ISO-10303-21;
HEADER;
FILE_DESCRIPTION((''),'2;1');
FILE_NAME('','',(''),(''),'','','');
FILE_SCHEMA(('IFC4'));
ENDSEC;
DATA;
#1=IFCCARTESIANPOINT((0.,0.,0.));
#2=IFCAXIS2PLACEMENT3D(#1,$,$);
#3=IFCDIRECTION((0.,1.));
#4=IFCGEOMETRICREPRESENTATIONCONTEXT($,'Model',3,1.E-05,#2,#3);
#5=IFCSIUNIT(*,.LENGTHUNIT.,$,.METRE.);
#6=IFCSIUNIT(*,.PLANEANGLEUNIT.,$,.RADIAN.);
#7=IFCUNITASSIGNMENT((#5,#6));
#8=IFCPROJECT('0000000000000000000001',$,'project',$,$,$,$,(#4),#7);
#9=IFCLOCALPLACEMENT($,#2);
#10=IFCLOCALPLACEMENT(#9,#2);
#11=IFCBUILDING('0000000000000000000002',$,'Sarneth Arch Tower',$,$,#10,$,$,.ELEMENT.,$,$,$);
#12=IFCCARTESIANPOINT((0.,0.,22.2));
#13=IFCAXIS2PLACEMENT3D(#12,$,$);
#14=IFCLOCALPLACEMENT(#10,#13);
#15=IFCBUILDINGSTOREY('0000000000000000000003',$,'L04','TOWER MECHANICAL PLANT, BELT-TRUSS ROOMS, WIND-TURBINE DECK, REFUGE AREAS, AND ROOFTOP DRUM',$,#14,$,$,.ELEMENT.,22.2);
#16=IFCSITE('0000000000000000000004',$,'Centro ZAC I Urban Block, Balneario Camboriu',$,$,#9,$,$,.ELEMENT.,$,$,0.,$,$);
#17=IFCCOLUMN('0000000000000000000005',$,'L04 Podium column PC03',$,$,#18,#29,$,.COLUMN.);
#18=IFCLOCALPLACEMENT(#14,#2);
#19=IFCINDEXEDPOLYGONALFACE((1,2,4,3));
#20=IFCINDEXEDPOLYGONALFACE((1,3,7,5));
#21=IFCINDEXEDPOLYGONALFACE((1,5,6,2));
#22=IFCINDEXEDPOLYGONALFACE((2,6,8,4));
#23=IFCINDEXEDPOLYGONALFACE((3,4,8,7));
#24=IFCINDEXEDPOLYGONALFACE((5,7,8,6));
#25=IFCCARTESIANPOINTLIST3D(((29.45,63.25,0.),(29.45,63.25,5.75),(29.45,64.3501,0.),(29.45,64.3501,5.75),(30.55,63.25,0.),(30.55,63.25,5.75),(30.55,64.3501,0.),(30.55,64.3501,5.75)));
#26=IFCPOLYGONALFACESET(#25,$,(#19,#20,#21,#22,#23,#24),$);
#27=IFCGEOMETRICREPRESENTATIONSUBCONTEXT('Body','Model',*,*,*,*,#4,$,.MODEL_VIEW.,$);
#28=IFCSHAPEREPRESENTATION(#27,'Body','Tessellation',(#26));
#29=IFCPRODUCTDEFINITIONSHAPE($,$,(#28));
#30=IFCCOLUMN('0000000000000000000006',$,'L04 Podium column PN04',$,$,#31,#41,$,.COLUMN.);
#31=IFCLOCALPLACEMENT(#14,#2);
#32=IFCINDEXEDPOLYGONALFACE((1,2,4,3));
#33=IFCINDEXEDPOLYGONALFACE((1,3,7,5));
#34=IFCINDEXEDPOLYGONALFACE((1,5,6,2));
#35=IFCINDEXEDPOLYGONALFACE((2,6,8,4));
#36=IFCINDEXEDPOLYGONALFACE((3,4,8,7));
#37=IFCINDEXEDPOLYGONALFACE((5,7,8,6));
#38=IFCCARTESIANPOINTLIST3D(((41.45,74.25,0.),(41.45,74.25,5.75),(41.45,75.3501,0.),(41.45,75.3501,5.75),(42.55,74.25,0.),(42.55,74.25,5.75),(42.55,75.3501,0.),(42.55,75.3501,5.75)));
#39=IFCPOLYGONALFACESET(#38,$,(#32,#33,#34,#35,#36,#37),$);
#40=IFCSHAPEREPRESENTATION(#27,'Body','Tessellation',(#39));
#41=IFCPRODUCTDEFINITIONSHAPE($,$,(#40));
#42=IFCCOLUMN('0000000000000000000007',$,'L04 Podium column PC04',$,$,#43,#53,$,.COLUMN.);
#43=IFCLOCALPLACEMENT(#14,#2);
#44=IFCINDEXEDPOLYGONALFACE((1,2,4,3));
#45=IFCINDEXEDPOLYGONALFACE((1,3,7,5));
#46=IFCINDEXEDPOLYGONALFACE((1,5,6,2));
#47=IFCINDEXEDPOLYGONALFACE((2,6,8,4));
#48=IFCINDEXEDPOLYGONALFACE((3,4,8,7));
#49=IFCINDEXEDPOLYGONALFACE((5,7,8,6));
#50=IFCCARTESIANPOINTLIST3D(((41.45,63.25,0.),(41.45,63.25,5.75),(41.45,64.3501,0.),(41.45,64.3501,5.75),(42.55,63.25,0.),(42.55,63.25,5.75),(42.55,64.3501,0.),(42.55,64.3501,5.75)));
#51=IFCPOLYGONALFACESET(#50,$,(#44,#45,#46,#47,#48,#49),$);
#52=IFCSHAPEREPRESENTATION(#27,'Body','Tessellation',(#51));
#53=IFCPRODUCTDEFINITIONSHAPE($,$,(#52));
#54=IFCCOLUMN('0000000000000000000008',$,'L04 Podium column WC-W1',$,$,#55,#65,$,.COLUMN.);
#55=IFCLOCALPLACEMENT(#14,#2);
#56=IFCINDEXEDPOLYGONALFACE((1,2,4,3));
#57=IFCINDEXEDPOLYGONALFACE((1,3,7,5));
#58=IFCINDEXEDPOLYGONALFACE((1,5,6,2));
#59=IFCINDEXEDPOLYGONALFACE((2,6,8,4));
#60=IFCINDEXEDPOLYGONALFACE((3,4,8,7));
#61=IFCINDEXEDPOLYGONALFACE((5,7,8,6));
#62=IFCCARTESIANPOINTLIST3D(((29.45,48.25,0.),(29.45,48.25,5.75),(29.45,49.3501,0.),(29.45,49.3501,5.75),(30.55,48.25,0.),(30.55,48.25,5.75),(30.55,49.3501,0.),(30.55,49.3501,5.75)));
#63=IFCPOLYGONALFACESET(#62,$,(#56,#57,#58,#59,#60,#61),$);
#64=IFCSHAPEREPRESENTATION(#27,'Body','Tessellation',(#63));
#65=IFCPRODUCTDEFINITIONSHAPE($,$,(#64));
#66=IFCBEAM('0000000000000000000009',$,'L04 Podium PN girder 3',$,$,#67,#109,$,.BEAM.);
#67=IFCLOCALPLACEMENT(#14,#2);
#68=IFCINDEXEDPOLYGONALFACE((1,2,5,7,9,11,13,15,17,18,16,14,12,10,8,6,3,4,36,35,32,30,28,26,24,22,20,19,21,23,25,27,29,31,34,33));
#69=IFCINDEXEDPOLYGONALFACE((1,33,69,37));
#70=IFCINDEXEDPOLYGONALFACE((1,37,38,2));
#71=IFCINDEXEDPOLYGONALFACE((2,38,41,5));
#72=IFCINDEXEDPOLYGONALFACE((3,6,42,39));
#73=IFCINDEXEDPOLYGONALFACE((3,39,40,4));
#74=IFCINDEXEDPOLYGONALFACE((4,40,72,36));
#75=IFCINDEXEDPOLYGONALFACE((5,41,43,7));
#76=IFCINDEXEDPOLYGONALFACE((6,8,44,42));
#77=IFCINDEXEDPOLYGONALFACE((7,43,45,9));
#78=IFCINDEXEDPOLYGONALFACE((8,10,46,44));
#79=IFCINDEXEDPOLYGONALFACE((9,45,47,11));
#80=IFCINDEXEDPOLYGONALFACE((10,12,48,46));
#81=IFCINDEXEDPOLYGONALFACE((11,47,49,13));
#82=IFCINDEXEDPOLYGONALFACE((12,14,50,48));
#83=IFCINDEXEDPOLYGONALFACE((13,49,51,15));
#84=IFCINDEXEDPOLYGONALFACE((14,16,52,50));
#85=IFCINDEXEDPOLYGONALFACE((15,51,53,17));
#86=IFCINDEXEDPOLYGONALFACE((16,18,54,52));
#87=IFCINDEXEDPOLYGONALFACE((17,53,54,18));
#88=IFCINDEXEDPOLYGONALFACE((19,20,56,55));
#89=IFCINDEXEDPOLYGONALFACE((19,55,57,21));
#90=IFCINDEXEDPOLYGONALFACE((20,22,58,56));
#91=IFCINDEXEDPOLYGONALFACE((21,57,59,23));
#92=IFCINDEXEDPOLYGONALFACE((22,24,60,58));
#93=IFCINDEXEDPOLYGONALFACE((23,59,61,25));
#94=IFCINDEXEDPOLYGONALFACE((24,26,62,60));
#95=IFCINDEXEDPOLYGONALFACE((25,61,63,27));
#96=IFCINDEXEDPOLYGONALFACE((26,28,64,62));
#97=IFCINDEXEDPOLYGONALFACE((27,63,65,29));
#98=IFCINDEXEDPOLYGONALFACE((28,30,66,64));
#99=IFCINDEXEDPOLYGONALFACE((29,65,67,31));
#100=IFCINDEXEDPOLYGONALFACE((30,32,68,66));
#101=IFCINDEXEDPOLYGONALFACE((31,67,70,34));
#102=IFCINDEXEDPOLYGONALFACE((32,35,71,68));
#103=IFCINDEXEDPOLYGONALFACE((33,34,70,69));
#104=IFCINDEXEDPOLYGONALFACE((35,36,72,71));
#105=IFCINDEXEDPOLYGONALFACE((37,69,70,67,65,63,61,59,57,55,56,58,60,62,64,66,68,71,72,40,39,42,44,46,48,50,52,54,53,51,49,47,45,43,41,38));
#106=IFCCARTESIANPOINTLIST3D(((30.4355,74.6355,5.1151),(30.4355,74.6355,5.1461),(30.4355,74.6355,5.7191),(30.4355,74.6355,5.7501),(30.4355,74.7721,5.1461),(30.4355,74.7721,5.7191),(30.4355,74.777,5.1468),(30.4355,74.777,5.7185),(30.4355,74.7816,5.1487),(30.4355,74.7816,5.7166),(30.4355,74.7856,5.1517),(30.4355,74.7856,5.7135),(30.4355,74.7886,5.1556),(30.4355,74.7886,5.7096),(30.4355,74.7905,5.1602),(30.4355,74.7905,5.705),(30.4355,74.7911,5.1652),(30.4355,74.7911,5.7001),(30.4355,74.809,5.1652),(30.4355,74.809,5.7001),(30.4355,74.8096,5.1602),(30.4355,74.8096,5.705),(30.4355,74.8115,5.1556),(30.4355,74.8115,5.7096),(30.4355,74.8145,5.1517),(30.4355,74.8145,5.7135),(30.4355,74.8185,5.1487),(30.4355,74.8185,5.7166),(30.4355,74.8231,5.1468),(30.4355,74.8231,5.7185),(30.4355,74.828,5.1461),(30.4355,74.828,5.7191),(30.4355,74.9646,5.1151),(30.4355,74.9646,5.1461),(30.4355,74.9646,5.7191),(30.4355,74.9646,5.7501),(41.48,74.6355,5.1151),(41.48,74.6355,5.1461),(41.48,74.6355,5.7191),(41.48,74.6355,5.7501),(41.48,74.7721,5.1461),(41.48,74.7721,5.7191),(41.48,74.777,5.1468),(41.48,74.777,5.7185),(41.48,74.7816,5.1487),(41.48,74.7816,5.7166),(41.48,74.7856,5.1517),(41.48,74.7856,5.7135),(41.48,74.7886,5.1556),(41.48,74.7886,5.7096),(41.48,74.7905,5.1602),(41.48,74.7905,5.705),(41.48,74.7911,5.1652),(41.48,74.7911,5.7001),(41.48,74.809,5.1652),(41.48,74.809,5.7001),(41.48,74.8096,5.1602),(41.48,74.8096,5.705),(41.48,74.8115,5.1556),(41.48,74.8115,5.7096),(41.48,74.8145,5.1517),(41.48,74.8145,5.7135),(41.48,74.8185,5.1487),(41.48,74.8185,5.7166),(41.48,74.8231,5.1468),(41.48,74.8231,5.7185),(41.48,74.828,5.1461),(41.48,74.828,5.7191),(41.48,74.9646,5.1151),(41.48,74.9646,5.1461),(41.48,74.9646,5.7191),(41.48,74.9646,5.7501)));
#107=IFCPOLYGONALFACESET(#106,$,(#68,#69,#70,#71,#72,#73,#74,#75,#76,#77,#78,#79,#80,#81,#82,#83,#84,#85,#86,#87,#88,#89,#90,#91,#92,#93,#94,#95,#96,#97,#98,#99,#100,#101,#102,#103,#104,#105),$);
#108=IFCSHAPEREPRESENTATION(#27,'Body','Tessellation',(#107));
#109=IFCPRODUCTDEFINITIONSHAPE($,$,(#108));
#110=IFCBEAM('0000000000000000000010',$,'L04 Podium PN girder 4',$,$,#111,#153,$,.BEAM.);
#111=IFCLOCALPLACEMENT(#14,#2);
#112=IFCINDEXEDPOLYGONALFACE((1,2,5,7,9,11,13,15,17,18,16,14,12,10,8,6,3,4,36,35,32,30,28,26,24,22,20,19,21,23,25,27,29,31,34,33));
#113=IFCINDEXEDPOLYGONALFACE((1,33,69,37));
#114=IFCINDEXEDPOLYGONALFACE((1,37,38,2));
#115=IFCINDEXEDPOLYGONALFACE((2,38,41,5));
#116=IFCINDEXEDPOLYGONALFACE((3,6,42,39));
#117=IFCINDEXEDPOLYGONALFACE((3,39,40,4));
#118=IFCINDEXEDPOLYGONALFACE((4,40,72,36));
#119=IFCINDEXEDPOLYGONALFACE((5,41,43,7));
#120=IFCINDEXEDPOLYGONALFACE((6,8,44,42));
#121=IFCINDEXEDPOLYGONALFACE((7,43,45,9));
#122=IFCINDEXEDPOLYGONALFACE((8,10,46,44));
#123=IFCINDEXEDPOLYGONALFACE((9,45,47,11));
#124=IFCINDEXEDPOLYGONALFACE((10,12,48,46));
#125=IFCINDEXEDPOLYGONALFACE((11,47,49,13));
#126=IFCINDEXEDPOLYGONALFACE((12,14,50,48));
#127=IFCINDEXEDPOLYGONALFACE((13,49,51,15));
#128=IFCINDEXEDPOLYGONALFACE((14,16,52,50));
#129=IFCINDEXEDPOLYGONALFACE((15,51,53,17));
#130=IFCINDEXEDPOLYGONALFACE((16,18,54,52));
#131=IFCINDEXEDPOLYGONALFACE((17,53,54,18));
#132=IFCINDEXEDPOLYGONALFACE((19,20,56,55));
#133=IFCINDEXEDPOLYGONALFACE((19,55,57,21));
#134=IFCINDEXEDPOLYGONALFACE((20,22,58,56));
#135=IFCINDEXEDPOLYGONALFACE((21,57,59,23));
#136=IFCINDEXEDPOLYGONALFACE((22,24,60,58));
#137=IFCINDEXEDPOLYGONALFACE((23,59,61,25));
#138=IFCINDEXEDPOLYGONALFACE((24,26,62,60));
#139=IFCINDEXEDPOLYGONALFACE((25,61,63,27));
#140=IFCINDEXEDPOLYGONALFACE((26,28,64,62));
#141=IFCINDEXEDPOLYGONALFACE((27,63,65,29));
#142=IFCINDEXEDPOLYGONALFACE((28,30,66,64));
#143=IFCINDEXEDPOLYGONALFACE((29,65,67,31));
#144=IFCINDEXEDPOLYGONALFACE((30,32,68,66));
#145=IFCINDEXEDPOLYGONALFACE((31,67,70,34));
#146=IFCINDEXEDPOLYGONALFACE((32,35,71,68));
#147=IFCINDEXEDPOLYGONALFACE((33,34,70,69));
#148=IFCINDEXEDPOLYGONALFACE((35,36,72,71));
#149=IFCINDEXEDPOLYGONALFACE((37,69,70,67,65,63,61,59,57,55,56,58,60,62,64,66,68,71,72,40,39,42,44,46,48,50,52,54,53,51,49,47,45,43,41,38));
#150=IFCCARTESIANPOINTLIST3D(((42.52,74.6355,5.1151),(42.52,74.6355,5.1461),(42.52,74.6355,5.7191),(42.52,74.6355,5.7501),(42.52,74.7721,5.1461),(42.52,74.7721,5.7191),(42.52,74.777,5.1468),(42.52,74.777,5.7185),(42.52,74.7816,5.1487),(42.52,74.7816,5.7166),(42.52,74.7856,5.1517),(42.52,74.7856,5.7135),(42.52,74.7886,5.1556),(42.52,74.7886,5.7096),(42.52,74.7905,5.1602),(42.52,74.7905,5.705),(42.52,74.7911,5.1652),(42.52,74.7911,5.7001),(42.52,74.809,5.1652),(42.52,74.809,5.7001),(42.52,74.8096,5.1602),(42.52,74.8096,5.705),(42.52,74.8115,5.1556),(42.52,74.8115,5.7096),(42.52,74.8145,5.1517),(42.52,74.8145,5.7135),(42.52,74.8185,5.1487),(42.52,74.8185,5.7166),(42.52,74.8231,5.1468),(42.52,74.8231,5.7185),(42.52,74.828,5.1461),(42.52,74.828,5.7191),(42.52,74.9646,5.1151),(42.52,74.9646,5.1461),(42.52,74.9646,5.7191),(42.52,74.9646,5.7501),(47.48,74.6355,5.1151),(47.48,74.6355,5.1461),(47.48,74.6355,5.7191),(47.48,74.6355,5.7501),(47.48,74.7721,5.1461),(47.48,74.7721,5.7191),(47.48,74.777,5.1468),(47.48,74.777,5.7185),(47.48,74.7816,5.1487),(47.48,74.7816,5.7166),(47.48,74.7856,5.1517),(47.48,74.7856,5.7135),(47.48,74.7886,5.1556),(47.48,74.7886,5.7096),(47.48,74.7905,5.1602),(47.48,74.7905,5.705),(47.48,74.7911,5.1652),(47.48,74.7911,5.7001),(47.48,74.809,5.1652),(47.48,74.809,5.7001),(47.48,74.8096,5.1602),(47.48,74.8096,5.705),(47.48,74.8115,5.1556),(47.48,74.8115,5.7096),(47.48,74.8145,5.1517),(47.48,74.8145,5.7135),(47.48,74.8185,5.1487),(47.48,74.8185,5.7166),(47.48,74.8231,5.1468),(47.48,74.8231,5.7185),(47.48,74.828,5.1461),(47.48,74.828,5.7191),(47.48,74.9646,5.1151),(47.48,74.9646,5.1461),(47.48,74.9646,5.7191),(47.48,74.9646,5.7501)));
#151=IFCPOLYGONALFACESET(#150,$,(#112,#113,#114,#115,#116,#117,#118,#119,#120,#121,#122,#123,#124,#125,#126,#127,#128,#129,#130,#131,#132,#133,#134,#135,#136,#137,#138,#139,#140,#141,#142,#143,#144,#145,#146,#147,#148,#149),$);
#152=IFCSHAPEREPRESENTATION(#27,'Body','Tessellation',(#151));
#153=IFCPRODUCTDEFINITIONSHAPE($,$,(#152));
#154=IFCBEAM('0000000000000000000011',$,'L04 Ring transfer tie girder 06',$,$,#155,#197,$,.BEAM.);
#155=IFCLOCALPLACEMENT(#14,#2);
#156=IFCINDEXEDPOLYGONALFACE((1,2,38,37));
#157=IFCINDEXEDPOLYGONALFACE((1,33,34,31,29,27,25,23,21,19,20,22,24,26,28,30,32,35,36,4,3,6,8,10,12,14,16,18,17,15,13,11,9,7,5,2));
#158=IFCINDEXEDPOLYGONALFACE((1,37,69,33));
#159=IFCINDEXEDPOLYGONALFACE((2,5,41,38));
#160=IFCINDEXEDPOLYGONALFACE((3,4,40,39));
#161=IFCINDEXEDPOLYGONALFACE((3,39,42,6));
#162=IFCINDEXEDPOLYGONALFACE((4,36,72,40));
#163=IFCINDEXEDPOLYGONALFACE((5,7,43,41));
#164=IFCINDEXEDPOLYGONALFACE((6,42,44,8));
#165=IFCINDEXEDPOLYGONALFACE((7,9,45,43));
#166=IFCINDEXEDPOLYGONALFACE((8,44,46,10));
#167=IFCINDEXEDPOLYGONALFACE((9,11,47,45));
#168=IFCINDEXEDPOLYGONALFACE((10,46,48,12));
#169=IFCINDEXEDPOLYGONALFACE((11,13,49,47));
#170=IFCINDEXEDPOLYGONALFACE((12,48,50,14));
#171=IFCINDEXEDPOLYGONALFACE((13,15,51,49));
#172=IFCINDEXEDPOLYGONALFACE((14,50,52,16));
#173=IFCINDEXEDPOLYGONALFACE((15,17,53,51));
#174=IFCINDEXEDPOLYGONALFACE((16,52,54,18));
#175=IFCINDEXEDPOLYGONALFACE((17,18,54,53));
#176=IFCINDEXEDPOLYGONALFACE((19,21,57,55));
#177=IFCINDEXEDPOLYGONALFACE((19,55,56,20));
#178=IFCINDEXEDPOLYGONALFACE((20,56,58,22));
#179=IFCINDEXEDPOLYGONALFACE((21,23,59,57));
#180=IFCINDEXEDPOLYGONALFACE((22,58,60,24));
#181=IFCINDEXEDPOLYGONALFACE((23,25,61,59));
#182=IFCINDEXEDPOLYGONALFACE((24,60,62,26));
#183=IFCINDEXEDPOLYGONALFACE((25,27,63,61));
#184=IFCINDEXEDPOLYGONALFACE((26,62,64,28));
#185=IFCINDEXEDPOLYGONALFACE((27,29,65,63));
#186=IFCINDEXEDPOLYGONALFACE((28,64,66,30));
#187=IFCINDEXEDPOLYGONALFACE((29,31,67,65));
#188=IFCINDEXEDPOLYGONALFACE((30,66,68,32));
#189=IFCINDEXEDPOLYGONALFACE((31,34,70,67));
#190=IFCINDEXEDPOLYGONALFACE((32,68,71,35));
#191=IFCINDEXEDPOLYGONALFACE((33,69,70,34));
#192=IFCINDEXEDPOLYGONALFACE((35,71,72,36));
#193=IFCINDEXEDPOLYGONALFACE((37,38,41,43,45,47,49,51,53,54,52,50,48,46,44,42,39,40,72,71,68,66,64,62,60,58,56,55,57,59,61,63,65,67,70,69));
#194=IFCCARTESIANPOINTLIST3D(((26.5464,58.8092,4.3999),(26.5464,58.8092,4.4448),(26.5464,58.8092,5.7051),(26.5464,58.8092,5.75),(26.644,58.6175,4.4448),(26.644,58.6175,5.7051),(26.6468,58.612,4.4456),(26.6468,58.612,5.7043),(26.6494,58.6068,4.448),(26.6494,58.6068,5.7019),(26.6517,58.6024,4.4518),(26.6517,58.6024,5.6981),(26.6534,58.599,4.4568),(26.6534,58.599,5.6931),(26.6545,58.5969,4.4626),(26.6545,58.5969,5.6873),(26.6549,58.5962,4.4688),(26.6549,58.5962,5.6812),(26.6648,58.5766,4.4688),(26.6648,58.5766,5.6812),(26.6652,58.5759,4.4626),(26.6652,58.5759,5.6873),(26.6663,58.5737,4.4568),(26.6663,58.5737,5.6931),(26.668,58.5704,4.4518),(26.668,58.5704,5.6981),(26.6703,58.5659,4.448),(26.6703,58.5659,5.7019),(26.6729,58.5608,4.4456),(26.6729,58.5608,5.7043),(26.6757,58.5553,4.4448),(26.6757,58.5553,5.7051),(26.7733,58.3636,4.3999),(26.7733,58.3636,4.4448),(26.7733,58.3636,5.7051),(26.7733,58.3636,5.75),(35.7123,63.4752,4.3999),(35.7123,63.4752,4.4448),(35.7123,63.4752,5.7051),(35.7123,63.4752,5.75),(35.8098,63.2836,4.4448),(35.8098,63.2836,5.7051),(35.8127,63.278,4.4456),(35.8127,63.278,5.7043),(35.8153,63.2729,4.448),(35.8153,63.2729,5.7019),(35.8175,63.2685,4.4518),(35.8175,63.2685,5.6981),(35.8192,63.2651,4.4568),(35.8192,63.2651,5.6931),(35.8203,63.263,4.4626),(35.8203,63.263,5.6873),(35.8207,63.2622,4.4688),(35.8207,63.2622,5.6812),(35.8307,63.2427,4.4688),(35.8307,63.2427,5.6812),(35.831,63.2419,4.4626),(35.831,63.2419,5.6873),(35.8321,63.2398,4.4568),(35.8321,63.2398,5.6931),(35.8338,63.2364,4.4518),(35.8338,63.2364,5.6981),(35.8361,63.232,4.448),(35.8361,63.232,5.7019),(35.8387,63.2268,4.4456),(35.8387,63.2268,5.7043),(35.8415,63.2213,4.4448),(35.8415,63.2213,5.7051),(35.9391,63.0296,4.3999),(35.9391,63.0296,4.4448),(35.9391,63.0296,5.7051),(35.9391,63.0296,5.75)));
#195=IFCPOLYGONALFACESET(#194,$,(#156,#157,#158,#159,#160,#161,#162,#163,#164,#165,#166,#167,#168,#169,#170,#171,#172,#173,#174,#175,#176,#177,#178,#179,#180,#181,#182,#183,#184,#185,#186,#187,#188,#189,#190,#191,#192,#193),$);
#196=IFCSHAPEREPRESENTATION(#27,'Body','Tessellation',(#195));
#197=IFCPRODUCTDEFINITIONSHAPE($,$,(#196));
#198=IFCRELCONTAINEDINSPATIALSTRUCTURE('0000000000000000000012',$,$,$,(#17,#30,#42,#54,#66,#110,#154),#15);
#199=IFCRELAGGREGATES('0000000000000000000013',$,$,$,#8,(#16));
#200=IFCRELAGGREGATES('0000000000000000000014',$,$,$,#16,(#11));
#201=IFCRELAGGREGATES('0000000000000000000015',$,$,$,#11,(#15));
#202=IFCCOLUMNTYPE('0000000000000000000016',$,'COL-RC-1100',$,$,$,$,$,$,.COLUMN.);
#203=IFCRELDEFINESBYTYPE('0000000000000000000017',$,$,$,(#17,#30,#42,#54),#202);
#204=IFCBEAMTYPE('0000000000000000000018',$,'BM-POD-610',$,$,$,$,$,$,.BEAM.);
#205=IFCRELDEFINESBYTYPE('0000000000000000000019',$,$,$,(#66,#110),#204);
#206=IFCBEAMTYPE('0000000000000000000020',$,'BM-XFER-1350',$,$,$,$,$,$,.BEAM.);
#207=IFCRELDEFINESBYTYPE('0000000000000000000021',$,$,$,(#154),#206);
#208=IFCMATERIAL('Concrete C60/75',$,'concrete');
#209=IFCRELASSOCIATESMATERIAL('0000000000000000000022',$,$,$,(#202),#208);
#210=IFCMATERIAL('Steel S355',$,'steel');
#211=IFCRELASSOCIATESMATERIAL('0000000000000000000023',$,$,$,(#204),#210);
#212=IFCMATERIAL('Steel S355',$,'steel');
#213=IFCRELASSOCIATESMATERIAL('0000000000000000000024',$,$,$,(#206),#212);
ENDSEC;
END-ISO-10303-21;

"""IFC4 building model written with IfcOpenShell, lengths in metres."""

from ifc_helpers import new_model, si_unit, direction, frame, origin, origin_2d, place, context, subcontext, project, spatial, rectangle, i_section, extrude, material, material_profile, profile_set, type_object, element, save


model = new_model("IFC4")

# Units and contexts
model_context = context("Model", 3, precision=1e-05, world=origin(), true_north=direction((0.0, 1.0)))
body_context = subcontext(model_context, "Body", "Model", "MODEL_VIEW")
ifc_project = project(units=[si_unit("LENGTHUNIT", "METRE"), si_unit("PLANEANGLEUNIT", "RADIAN")], contexts=[model_context])

# Site, building, storey
site_placement = place(None, origin())
site = spatial("IfcSite", under=ifc_project, at=site_placement, Name="Centro ZAC I Urban Block, Balneario Camboriu", CompositionType="ELEMENT", RefElevation=0.0)
building_placement = place(site_placement, origin())
building = spatial("IfcBuilding", under=site, at=building_placement, Name="Sarneth Arch Tower", CompositionType="ELEMENT")
storey_placement = place(building_placement, frame((0.0, 0.0, 22.2)))
storey = spatial("IfcBuildingStorey", under=building, at=storey_placement, Name="L04", Description="TOWER MECHANICAL PLANT, BELT-TRUSS ROOMS, WIND-TURBINE DECK, REFUGE AREAS, AND ROOFTOP DRUM", CompositionType="ELEMENT", Elevation=22.2)

# Columns
ifc_material_1 = material(Name="Concrete C60/75", Category="concrete")
ifc_material_profile_1 = material_profile(ifc_material_1, rectangle(XDim=1.1001, YDim=1.1001, at=origin_2d()), Name="RC-1100x1100")
ifc_profile_set_1 = profile_set([ifc_material_profile_1], Name="Concrete C60/75")
column_type = type_object("IfcColumnType", Name="COL-RC-1100", PredefinedType="COLUMN", material=ifc_profile_set_1)
for number, where, z_axis, x_axis, name in (
    (1, (30.0, 63.8, 0.0), (0.0, 0.0, 1.0), (1.0, 0.0, 0.0), "L04 Podium column PC03"),
    (2, (42.0, 74.8, 0.0), (0.0, 0.0, 1.0), (1.0, 0.0, 0.0), "L04 Podium column PN04"),
    (3, (42.0, 63.8, 0.0), (0.0, 0.0, 1.0), (1.0, 0.0, 0.0), "L04 Podium column PC04"),
    (4, (30.0, 48.8, 0.0), (0.0, 0.0, 1.0), (1.0, 0.0, 0.0), "L04 Podium column WC-W1"),
):
    element("IfcColumn", number, at=place(storey_placement, frame(where, z_axis=z_axis, x_axis=x_axis)), inside=storey, type_object=column_type, Name=name, PredefinedType="COLUMN", context=body_context, shape_type="SweptSolid", body=[
        extrude(rectangle(XDim=1.1001, YDim=1.1001, at=origin_2d()), origin(), (0.0, 0.0, 1.0), 5.75),
    ])

# Beams
ifc_material_2 = material(Name="Steel S355", Category="steel")
ifc_material_profile_2 = material_profile(ifc_material_2, i_section(OverallWidth=0.3291, OverallDepth=0.635, WebThickness=0.0178, FlangeThickness=0.031, FilletRadius=0.019, at=origin_2d()), Name="W610x241")
ifc_profile_set_2 = profile_set([ifc_material_profile_2], Name="Steel S355")
beam_type_1 = type_object("IfcBeamType", Name="BM-POD-610", PredefinedType="BEAM", material=ifc_profile_set_2)
beam_1_placement = place(storey_placement, frame((30.4355, 74.8, 5.4326), z_axis=(1.0, 0.0, 0.0), x_axis=(0.0, 1.0, 0.0)))
element("IfcBeam", 5, at=beam_1_placement, inside=storey, type_object=beam_type_1, Name="L04 Podium PN girder 3", PredefinedType="BEAM", context=body_context, shape_type="SweptSolid", body=[
    extrude(i_section(OverallWidth=0.3291, OverallDepth=0.635, WebThickness=0.0178, FlangeThickness=0.031, FilletRadius=0.019, at=origin_2d()), origin(), (0.0, 0.0, 1.0), 11.0444),
])
beam_2_placement = place(storey_placement, frame((42.52, 74.8, 5.4326), z_axis=(1.0, 0.0, 0.0), x_axis=(0.0, 1.0, 0.0)))
element("IfcBeam", 6, at=beam_2_placement, inside=storey, type_object=beam_type_1, Name="L04 Podium PN girder 4", PredefinedType="BEAM", context=body_context, shape_type="SweptSolid", body=[
    extrude(i_section(OverallWidth=0.3291, OverallDepth=0.635, WebThickness=0.0178, FlangeThickness=0.031, FilletRadius=0.019, at=origin_2d()), origin(), (0.0, 0.0, 1.0), 4.96),
])
ifc_material_3 = material(Name="Steel S355", Category="steel")
ifc_material_profile_3 = material_profile(ifc_material_3, i_section(OverallWidth=0.5, OverallDepth=1.3501, WebThickness=0.022, FlangeThickness=0.0449, FilletRadius=0.0239, at=origin_2d()), Name="CVS1350x595")
ifc_profile_set_3 = profile_set([ifc_material_profile_3], Name="Steel S355")
beam_type_2 = type_object("IfcBeamType", Name="BM-XFER-1350", PredefinedType="BEAM", material=ifc_profile_set_3)
beam_3_placement = place(storey_placement, frame((35.8257, 63.2524, 5.075), z_axis=(-0.891171, -0.453668, 0.0), x_axis=(0.453668, -0.891171, 0.0)))
element("IfcBeam", 7, at=beam_3_placement, inside=storey, type_object=beam_type_2, Name="L04 Ring transfer tie girder 06", PredefinedType="BEAM", context=body_context, shape_type="SweptSolid", body=[
    extrude(i_section(OverallWidth=0.5, OverallDepth=1.3501, WebThickness=0.022, FlangeThickness=0.0449, FilletRadius=0.0239, at=origin_2d()), origin(), (0.0, 0.0, 1.0), 10.2852),
])

save(model, "model.ifc")
